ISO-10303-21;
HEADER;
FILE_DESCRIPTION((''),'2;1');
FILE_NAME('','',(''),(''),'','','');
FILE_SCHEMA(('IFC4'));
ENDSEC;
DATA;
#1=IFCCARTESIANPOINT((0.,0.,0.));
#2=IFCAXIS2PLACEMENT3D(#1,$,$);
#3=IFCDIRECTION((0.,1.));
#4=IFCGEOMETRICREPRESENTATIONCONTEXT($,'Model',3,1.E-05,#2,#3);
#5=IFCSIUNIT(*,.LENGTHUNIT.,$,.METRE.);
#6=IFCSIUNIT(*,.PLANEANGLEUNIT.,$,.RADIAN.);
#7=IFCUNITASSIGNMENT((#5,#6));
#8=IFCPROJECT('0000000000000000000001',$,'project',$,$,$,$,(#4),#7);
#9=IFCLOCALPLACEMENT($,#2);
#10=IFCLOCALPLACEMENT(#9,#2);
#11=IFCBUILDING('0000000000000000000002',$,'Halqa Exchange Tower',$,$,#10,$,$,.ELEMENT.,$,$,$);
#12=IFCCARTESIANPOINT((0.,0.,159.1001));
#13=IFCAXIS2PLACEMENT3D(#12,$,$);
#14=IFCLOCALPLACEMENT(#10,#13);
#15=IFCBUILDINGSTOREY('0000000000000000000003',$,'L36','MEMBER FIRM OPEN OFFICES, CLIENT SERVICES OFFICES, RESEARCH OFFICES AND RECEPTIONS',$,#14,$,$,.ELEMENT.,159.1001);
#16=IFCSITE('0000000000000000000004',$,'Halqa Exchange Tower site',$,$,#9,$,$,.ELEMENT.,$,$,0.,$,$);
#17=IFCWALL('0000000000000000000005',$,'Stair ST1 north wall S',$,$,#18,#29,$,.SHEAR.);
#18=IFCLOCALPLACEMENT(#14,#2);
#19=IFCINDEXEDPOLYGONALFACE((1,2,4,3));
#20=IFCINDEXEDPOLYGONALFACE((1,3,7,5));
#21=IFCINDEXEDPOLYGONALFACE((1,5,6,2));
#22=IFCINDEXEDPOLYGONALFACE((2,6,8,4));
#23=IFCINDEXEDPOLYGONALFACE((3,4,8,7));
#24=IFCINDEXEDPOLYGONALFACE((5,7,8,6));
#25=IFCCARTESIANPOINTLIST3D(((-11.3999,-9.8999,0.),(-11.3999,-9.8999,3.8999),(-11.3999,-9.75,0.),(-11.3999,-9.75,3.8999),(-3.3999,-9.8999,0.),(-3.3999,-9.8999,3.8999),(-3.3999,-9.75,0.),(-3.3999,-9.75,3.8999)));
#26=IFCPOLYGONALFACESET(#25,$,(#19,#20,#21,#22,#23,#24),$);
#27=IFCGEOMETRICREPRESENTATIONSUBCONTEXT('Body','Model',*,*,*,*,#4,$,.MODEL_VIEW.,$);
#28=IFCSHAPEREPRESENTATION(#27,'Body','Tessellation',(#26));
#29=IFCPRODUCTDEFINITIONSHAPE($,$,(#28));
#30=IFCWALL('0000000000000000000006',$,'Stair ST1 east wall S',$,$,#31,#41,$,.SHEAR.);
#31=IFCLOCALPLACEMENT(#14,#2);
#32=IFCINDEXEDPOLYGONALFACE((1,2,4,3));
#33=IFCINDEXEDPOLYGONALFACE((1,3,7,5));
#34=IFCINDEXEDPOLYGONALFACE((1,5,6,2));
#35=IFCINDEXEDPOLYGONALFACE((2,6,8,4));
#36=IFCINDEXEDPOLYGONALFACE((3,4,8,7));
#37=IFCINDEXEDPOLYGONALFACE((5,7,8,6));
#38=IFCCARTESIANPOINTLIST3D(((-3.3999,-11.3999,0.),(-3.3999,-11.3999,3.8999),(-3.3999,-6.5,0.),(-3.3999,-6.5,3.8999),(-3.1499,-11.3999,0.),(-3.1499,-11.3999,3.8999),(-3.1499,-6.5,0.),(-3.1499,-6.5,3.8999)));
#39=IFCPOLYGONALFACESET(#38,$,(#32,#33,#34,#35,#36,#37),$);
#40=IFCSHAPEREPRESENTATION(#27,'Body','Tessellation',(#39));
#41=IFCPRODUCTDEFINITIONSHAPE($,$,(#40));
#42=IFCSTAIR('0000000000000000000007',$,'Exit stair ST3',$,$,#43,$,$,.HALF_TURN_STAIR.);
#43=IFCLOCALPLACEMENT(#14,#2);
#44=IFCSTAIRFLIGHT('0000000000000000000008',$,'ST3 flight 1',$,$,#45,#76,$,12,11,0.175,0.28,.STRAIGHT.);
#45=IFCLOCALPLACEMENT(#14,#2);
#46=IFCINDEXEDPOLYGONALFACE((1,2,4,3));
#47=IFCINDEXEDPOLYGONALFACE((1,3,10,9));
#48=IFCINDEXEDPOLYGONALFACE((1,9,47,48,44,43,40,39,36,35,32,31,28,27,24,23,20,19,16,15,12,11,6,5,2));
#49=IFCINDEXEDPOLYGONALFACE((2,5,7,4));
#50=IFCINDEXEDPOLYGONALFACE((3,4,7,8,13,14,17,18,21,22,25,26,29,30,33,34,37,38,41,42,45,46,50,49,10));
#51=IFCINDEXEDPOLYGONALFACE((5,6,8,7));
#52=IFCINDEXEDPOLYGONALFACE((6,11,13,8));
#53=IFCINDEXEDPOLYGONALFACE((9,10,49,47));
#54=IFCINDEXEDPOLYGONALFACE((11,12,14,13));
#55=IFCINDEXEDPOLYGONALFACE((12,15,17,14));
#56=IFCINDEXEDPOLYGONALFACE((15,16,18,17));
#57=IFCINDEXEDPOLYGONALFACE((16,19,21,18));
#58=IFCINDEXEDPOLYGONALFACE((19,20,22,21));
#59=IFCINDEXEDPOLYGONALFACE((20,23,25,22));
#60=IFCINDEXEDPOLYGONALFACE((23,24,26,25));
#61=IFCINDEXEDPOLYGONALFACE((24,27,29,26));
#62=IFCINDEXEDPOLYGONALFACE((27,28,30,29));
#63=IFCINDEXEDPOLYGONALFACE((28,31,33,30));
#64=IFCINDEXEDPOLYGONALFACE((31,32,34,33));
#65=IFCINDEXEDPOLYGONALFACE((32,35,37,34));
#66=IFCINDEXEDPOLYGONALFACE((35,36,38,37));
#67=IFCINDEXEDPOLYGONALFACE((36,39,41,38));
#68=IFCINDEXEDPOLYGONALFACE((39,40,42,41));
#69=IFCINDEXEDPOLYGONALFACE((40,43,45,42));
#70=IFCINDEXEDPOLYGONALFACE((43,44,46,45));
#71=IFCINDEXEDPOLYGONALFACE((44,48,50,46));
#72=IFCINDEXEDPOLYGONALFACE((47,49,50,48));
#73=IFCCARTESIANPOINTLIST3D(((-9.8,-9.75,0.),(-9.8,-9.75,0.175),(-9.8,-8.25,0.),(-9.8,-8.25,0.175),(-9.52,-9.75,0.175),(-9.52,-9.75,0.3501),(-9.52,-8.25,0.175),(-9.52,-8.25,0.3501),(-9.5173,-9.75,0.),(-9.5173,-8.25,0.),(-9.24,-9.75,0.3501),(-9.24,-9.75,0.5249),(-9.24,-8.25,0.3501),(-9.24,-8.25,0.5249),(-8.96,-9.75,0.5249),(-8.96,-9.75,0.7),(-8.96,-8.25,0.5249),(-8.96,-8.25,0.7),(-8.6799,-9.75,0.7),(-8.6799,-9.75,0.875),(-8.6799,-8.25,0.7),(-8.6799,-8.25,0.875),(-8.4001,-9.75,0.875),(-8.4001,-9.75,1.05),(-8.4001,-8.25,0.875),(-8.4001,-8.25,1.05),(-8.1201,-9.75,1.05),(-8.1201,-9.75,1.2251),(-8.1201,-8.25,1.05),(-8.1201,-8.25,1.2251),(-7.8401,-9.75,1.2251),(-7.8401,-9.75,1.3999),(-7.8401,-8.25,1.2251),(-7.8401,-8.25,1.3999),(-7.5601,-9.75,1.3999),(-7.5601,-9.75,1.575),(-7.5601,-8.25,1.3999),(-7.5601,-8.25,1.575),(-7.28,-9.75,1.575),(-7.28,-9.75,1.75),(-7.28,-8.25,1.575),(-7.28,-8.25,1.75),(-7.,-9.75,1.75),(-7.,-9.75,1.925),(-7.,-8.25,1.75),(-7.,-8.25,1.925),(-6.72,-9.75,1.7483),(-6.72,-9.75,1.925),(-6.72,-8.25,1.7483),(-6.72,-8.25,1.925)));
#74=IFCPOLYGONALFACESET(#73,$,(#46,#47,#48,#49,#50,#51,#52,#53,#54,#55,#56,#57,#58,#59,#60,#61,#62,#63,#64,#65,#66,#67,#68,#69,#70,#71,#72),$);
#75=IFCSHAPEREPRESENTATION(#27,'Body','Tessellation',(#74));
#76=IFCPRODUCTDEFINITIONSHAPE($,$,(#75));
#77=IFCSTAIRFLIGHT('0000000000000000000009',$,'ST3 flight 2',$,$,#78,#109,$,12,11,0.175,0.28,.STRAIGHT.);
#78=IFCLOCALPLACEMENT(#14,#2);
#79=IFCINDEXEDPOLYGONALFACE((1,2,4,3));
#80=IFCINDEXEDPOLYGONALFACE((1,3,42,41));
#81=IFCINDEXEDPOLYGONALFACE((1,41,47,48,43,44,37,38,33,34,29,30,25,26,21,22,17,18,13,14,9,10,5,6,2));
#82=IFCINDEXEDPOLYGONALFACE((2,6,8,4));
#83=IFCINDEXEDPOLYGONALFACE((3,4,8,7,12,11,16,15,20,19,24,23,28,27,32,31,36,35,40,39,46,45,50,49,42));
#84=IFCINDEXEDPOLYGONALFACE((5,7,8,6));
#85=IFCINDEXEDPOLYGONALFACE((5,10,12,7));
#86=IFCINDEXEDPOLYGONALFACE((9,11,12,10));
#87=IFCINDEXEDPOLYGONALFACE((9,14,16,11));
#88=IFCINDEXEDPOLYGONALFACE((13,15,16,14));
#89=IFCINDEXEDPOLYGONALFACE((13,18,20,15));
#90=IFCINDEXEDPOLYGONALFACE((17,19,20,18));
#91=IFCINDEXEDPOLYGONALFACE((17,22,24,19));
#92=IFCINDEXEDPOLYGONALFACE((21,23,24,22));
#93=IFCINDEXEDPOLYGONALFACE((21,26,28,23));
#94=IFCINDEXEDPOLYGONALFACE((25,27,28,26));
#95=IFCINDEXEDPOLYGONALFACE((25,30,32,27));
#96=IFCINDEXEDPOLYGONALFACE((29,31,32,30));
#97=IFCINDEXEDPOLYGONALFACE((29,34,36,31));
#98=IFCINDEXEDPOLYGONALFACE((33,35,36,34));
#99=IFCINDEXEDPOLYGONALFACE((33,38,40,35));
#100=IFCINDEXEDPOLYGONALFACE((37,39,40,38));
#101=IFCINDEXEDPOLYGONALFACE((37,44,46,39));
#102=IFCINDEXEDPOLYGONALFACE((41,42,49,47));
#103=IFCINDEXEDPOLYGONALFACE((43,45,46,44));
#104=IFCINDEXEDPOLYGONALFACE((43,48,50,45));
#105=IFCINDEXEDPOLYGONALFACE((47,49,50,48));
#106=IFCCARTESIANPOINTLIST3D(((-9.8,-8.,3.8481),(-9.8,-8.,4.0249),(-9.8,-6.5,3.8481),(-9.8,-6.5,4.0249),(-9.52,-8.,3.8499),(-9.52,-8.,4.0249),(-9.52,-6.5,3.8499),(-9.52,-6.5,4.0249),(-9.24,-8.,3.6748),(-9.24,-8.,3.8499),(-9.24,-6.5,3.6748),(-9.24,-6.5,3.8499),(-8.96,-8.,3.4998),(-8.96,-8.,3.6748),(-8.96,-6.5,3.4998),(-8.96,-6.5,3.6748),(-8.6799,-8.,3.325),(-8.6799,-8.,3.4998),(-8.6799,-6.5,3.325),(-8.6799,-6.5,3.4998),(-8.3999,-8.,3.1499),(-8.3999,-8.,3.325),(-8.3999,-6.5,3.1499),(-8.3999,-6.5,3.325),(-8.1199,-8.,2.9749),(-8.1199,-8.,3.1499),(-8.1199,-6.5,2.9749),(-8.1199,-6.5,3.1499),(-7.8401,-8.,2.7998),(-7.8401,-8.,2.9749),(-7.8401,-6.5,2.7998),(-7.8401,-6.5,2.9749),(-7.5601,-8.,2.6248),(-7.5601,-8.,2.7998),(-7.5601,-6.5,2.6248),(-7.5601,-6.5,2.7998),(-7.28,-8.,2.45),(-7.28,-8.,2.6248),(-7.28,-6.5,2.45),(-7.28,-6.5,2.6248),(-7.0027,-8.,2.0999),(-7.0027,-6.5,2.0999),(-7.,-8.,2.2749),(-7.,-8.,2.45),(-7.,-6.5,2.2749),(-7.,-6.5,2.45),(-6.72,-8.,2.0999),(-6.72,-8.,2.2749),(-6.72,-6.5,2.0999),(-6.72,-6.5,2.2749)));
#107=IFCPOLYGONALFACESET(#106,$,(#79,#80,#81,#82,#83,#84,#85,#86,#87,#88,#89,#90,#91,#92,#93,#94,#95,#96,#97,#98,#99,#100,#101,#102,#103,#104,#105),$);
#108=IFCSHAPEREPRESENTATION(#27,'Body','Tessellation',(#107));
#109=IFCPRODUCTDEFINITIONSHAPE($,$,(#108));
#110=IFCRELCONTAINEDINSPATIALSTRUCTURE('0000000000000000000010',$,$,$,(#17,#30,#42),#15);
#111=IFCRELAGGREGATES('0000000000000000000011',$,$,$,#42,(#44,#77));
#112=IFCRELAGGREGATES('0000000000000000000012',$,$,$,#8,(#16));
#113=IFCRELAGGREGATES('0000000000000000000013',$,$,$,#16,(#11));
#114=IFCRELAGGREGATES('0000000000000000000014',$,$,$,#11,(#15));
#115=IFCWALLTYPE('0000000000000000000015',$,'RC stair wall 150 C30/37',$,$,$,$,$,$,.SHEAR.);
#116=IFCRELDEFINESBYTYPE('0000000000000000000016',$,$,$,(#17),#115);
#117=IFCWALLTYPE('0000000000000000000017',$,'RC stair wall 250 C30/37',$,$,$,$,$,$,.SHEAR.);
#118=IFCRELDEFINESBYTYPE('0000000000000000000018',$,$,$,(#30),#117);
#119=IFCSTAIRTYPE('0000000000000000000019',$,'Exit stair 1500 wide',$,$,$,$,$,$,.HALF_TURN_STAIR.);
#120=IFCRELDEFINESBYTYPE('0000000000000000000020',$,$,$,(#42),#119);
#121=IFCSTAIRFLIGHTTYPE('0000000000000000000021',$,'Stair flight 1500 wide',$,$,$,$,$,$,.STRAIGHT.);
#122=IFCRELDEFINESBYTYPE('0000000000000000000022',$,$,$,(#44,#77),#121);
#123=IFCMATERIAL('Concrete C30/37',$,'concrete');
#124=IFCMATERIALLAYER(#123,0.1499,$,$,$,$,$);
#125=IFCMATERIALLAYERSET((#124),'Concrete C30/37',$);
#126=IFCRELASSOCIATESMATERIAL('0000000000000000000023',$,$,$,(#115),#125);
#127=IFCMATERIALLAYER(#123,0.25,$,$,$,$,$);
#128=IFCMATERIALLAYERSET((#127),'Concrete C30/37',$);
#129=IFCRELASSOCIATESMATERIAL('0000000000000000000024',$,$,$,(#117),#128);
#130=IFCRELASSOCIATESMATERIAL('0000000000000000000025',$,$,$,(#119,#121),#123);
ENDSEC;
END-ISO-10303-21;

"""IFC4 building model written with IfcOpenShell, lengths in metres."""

from ifc_helpers import new_model, si_unit, direction, frame, frame_2d, origin, place, context, subcontext, project, spatial, polyline, rectangle, outline, extrude, material, layer, layer_set, type_object, element, aggregate, save


model = new_model("IFC4")

# Units and contexts
model_context = context("Model", 3, precision=1e-05, world=origin(), true_north=direction((0.0, 1.0)))
body_context = subcontext(model_context, "Body", "Model", "MODEL_VIEW")
ifc_project = project(units=[si_unit("LENGTHUNIT", "METRE"), si_unit("PLANEANGLEUNIT", "RADIAN")], contexts=[model_context])

# Site, building, storey
site_placement = place(None, origin())
site = spatial("IfcSite", under=ifc_project, at=site_placement, Name="Halqa Exchange Tower site", CompositionType="ELEMENT", RefElevation=0.0)
building_placement = place(site_placement, origin())
building = spatial("IfcBuilding", under=site, at=building_placement, Name="Halqa Exchange Tower", CompositionType="ELEMENT")
storey_placement = place(building_placement, frame((0.0, 0.0, 159.1001)))
storey = spatial("IfcBuildingStorey", under=building, at=storey_placement, Name="L36", Description="MEMBER FIRM OPEN OFFICES, CLIENT SERVICES OFFICES, RESEARCH OFFICES AND RECEPTIONS", CompositionType="ELEMENT", Elevation=159.1001)

# Walls
ifc_material_1 = material(Name="Concrete C30/37", Category="concrete")
ifc_layer_1 = layer(ifc_material_1, 0.1499)
ifc_layer_set_1 = layer_set([ifc_layer_1], Name="Concrete C30/37")
wall_type_1 = type_object("IfcWallType", Name="RC stair wall 150 C30/37", PredefinedType="SHEAR", material=ifc_layer_set_1)
wall_1_placement = place(storey_placement, frame((-11.3999, -9.825, 0.0), z_axis=(0.0, 0.0, 1.0), x_axis=(1.0, 0.0, 0.0)))
element("IfcWall", 1, at=wall_1_placement, inside=storey, type_object=wall_type_1, Name="Stair ST1 north wall S", PredefinedType="SHEAR", context=body_context, shape_type="SweptSolid", body=[
    extrude(rectangle(XDim=8.0, YDim=0.1499, at=frame_2d((4.0, 0.0))), origin(), (0.0, 0.0, 1.0), 3.8999),
])
ifc_layer_2 = layer(ifc_material_1, 0.25)
ifc_layer_set_2 = layer_set([ifc_layer_2], Name="Concrete C30/37")
wall_type_2 = type_object("IfcWallType", Name="RC stair wall 250 C30/37", PredefinedType="SHEAR", material=ifc_layer_set_2)
wall_2_placement = place(storey_placement, frame((-3.2749, -11.3999, 0.0), z_axis=(0.0, 0.0, 1.0), x_axis=(0.0, 1.0, 0.0)))
element("IfcWall", 2, at=wall_2_placement, inside=storey, type_object=wall_type_2, Name="Stair ST1 east wall S", PredefinedType="SHEAR", context=body_context, shape_type="SweptSolid", body=[
    extrude(rectangle(XDim=4.8999, YDim=0.25, at=frame_2d((2.45, 0.0))), origin(), (0.0, 0.0, 1.0), 3.8999),
])

# Stair, stair flights
stair_type = type_object("IfcStairType", Name="Exit stair 1500 wide", PredefinedType="HALF_TURN_STAIR", material=ifc_material_1)
stair_placement = place(storey_placement, origin())
stair = element("IfcStair", 3, at=stair_placement, inside=storey, type_object=stair_type, Name="Exit stair ST3", PredefinedType="HALF_TURN_STAIR")
stair_flight_type = type_object("IfcStairFlightType", Name="Stair flight 1500 wide", PredefinedType="STRAIGHT", material=ifc_material_1)
stair_flight_1_placement = place(storey_placement, frame((-9.8, -9.0, 0.0), z_axis=(0.0, 0.0, 1.0), x_axis=(1.0, 0.0, 0.0)))
stair_flight_1 = element("IfcStairFlight", 4, at=stair_flight_1_placement, type_object=stair_flight_type, Name="ST3 flight 1", NumberOfRisers=12, NumberOfTreads=11, PredefinedType="STRAIGHT", RiserHeight=0.175, TreadLength=0.28, context=body_context, shape_type="SweptSolid", body=[
    extrude(outline(polyline([(0.0, 0.0), (0.0, 0.175), (0.28, 0.175), (0.28, 0.3501), (0.5601, 0.3501), (0.5601, 0.5249), (0.8401, 0.5249), (0.8401, 0.7), (1.1201, 0.7), (1.1201, 0.875), (1.3999, 0.875), (1.3999, 1.05), (1.6799, 1.05), (1.6799, 1.2251), (1.96, 1.2251), (1.96, 1.3999), (2.24, 1.3999), (2.24, 1.575), (2.52, 1.575), (2.52, 1.75), (2.8, 1.75), (2.8, 1.925), (3.0801, 1.925), (3.0801, 2.1001), (3.0801, 1.7483), (0.2827, 0.0), (0.0, 0.0)])), frame((0.0, 0.75, 0.0), z_axis=(0.0, -1.0, 0.0), x_axis=(1.0, 0.0, 0.0)), (0.0, 0.0, 1.0), 1.5),
])
stair_flight_2_placement = place(storey_placement, frame((-6.72, -7.25, 2.0999), z_axis=(0.0, 0.0, 1.0), x_axis=(-1.0, 0.0, 0.0)))
stair_flight_2 = element("IfcStairFlight", 5, at=stair_flight_2_placement, type_object=stair_flight_type, Name="ST3 flight 2", NumberOfRisers=12, NumberOfTreads=11, PredefinedType="STRAIGHT", RiserHeight=0.175, TreadLength=0.28, context=body_context, shape_type="SweptSolid", body=[
    extrude(outline(polyline([(0.0, 0.0), (0.0, 0.175), (0.28, 0.175), (0.28, 0.3501), (0.5601, 0.3501), (0.5601, 0.5249), (0.8401, 0.5249), (0.8401, 0.7), (1.1201, 0.7), (1.1201, 0.875), (1.3999, 0.875), (1.3999, 1.05), (1.6799, 1.05), (1.6799, 1.2251), (1.96, 1.2251), (1.96, 1.3999), (2.24, 1.3999), (2.24, 1.575), (2.52, 1.575), (2.52, 1.75), (2.8, 1.75), (2.8, 1.925), (3.0801, 1.925), (3.0801, 2.1001), (3.0801, 1.7483), (0.2827, 0.0), (0.0, 0.0)])), frame((0.0, 0.75, 0.0), z_axis=(0.0, -1.0, 0.0), x_axis=(1.0, 0.0, 0.0)), (0.0, 0.0, 1.0), 1.5),
])
aggregate(stair, [stair_flight_1, stair_flight_2])

save(model, "model.ifc")
